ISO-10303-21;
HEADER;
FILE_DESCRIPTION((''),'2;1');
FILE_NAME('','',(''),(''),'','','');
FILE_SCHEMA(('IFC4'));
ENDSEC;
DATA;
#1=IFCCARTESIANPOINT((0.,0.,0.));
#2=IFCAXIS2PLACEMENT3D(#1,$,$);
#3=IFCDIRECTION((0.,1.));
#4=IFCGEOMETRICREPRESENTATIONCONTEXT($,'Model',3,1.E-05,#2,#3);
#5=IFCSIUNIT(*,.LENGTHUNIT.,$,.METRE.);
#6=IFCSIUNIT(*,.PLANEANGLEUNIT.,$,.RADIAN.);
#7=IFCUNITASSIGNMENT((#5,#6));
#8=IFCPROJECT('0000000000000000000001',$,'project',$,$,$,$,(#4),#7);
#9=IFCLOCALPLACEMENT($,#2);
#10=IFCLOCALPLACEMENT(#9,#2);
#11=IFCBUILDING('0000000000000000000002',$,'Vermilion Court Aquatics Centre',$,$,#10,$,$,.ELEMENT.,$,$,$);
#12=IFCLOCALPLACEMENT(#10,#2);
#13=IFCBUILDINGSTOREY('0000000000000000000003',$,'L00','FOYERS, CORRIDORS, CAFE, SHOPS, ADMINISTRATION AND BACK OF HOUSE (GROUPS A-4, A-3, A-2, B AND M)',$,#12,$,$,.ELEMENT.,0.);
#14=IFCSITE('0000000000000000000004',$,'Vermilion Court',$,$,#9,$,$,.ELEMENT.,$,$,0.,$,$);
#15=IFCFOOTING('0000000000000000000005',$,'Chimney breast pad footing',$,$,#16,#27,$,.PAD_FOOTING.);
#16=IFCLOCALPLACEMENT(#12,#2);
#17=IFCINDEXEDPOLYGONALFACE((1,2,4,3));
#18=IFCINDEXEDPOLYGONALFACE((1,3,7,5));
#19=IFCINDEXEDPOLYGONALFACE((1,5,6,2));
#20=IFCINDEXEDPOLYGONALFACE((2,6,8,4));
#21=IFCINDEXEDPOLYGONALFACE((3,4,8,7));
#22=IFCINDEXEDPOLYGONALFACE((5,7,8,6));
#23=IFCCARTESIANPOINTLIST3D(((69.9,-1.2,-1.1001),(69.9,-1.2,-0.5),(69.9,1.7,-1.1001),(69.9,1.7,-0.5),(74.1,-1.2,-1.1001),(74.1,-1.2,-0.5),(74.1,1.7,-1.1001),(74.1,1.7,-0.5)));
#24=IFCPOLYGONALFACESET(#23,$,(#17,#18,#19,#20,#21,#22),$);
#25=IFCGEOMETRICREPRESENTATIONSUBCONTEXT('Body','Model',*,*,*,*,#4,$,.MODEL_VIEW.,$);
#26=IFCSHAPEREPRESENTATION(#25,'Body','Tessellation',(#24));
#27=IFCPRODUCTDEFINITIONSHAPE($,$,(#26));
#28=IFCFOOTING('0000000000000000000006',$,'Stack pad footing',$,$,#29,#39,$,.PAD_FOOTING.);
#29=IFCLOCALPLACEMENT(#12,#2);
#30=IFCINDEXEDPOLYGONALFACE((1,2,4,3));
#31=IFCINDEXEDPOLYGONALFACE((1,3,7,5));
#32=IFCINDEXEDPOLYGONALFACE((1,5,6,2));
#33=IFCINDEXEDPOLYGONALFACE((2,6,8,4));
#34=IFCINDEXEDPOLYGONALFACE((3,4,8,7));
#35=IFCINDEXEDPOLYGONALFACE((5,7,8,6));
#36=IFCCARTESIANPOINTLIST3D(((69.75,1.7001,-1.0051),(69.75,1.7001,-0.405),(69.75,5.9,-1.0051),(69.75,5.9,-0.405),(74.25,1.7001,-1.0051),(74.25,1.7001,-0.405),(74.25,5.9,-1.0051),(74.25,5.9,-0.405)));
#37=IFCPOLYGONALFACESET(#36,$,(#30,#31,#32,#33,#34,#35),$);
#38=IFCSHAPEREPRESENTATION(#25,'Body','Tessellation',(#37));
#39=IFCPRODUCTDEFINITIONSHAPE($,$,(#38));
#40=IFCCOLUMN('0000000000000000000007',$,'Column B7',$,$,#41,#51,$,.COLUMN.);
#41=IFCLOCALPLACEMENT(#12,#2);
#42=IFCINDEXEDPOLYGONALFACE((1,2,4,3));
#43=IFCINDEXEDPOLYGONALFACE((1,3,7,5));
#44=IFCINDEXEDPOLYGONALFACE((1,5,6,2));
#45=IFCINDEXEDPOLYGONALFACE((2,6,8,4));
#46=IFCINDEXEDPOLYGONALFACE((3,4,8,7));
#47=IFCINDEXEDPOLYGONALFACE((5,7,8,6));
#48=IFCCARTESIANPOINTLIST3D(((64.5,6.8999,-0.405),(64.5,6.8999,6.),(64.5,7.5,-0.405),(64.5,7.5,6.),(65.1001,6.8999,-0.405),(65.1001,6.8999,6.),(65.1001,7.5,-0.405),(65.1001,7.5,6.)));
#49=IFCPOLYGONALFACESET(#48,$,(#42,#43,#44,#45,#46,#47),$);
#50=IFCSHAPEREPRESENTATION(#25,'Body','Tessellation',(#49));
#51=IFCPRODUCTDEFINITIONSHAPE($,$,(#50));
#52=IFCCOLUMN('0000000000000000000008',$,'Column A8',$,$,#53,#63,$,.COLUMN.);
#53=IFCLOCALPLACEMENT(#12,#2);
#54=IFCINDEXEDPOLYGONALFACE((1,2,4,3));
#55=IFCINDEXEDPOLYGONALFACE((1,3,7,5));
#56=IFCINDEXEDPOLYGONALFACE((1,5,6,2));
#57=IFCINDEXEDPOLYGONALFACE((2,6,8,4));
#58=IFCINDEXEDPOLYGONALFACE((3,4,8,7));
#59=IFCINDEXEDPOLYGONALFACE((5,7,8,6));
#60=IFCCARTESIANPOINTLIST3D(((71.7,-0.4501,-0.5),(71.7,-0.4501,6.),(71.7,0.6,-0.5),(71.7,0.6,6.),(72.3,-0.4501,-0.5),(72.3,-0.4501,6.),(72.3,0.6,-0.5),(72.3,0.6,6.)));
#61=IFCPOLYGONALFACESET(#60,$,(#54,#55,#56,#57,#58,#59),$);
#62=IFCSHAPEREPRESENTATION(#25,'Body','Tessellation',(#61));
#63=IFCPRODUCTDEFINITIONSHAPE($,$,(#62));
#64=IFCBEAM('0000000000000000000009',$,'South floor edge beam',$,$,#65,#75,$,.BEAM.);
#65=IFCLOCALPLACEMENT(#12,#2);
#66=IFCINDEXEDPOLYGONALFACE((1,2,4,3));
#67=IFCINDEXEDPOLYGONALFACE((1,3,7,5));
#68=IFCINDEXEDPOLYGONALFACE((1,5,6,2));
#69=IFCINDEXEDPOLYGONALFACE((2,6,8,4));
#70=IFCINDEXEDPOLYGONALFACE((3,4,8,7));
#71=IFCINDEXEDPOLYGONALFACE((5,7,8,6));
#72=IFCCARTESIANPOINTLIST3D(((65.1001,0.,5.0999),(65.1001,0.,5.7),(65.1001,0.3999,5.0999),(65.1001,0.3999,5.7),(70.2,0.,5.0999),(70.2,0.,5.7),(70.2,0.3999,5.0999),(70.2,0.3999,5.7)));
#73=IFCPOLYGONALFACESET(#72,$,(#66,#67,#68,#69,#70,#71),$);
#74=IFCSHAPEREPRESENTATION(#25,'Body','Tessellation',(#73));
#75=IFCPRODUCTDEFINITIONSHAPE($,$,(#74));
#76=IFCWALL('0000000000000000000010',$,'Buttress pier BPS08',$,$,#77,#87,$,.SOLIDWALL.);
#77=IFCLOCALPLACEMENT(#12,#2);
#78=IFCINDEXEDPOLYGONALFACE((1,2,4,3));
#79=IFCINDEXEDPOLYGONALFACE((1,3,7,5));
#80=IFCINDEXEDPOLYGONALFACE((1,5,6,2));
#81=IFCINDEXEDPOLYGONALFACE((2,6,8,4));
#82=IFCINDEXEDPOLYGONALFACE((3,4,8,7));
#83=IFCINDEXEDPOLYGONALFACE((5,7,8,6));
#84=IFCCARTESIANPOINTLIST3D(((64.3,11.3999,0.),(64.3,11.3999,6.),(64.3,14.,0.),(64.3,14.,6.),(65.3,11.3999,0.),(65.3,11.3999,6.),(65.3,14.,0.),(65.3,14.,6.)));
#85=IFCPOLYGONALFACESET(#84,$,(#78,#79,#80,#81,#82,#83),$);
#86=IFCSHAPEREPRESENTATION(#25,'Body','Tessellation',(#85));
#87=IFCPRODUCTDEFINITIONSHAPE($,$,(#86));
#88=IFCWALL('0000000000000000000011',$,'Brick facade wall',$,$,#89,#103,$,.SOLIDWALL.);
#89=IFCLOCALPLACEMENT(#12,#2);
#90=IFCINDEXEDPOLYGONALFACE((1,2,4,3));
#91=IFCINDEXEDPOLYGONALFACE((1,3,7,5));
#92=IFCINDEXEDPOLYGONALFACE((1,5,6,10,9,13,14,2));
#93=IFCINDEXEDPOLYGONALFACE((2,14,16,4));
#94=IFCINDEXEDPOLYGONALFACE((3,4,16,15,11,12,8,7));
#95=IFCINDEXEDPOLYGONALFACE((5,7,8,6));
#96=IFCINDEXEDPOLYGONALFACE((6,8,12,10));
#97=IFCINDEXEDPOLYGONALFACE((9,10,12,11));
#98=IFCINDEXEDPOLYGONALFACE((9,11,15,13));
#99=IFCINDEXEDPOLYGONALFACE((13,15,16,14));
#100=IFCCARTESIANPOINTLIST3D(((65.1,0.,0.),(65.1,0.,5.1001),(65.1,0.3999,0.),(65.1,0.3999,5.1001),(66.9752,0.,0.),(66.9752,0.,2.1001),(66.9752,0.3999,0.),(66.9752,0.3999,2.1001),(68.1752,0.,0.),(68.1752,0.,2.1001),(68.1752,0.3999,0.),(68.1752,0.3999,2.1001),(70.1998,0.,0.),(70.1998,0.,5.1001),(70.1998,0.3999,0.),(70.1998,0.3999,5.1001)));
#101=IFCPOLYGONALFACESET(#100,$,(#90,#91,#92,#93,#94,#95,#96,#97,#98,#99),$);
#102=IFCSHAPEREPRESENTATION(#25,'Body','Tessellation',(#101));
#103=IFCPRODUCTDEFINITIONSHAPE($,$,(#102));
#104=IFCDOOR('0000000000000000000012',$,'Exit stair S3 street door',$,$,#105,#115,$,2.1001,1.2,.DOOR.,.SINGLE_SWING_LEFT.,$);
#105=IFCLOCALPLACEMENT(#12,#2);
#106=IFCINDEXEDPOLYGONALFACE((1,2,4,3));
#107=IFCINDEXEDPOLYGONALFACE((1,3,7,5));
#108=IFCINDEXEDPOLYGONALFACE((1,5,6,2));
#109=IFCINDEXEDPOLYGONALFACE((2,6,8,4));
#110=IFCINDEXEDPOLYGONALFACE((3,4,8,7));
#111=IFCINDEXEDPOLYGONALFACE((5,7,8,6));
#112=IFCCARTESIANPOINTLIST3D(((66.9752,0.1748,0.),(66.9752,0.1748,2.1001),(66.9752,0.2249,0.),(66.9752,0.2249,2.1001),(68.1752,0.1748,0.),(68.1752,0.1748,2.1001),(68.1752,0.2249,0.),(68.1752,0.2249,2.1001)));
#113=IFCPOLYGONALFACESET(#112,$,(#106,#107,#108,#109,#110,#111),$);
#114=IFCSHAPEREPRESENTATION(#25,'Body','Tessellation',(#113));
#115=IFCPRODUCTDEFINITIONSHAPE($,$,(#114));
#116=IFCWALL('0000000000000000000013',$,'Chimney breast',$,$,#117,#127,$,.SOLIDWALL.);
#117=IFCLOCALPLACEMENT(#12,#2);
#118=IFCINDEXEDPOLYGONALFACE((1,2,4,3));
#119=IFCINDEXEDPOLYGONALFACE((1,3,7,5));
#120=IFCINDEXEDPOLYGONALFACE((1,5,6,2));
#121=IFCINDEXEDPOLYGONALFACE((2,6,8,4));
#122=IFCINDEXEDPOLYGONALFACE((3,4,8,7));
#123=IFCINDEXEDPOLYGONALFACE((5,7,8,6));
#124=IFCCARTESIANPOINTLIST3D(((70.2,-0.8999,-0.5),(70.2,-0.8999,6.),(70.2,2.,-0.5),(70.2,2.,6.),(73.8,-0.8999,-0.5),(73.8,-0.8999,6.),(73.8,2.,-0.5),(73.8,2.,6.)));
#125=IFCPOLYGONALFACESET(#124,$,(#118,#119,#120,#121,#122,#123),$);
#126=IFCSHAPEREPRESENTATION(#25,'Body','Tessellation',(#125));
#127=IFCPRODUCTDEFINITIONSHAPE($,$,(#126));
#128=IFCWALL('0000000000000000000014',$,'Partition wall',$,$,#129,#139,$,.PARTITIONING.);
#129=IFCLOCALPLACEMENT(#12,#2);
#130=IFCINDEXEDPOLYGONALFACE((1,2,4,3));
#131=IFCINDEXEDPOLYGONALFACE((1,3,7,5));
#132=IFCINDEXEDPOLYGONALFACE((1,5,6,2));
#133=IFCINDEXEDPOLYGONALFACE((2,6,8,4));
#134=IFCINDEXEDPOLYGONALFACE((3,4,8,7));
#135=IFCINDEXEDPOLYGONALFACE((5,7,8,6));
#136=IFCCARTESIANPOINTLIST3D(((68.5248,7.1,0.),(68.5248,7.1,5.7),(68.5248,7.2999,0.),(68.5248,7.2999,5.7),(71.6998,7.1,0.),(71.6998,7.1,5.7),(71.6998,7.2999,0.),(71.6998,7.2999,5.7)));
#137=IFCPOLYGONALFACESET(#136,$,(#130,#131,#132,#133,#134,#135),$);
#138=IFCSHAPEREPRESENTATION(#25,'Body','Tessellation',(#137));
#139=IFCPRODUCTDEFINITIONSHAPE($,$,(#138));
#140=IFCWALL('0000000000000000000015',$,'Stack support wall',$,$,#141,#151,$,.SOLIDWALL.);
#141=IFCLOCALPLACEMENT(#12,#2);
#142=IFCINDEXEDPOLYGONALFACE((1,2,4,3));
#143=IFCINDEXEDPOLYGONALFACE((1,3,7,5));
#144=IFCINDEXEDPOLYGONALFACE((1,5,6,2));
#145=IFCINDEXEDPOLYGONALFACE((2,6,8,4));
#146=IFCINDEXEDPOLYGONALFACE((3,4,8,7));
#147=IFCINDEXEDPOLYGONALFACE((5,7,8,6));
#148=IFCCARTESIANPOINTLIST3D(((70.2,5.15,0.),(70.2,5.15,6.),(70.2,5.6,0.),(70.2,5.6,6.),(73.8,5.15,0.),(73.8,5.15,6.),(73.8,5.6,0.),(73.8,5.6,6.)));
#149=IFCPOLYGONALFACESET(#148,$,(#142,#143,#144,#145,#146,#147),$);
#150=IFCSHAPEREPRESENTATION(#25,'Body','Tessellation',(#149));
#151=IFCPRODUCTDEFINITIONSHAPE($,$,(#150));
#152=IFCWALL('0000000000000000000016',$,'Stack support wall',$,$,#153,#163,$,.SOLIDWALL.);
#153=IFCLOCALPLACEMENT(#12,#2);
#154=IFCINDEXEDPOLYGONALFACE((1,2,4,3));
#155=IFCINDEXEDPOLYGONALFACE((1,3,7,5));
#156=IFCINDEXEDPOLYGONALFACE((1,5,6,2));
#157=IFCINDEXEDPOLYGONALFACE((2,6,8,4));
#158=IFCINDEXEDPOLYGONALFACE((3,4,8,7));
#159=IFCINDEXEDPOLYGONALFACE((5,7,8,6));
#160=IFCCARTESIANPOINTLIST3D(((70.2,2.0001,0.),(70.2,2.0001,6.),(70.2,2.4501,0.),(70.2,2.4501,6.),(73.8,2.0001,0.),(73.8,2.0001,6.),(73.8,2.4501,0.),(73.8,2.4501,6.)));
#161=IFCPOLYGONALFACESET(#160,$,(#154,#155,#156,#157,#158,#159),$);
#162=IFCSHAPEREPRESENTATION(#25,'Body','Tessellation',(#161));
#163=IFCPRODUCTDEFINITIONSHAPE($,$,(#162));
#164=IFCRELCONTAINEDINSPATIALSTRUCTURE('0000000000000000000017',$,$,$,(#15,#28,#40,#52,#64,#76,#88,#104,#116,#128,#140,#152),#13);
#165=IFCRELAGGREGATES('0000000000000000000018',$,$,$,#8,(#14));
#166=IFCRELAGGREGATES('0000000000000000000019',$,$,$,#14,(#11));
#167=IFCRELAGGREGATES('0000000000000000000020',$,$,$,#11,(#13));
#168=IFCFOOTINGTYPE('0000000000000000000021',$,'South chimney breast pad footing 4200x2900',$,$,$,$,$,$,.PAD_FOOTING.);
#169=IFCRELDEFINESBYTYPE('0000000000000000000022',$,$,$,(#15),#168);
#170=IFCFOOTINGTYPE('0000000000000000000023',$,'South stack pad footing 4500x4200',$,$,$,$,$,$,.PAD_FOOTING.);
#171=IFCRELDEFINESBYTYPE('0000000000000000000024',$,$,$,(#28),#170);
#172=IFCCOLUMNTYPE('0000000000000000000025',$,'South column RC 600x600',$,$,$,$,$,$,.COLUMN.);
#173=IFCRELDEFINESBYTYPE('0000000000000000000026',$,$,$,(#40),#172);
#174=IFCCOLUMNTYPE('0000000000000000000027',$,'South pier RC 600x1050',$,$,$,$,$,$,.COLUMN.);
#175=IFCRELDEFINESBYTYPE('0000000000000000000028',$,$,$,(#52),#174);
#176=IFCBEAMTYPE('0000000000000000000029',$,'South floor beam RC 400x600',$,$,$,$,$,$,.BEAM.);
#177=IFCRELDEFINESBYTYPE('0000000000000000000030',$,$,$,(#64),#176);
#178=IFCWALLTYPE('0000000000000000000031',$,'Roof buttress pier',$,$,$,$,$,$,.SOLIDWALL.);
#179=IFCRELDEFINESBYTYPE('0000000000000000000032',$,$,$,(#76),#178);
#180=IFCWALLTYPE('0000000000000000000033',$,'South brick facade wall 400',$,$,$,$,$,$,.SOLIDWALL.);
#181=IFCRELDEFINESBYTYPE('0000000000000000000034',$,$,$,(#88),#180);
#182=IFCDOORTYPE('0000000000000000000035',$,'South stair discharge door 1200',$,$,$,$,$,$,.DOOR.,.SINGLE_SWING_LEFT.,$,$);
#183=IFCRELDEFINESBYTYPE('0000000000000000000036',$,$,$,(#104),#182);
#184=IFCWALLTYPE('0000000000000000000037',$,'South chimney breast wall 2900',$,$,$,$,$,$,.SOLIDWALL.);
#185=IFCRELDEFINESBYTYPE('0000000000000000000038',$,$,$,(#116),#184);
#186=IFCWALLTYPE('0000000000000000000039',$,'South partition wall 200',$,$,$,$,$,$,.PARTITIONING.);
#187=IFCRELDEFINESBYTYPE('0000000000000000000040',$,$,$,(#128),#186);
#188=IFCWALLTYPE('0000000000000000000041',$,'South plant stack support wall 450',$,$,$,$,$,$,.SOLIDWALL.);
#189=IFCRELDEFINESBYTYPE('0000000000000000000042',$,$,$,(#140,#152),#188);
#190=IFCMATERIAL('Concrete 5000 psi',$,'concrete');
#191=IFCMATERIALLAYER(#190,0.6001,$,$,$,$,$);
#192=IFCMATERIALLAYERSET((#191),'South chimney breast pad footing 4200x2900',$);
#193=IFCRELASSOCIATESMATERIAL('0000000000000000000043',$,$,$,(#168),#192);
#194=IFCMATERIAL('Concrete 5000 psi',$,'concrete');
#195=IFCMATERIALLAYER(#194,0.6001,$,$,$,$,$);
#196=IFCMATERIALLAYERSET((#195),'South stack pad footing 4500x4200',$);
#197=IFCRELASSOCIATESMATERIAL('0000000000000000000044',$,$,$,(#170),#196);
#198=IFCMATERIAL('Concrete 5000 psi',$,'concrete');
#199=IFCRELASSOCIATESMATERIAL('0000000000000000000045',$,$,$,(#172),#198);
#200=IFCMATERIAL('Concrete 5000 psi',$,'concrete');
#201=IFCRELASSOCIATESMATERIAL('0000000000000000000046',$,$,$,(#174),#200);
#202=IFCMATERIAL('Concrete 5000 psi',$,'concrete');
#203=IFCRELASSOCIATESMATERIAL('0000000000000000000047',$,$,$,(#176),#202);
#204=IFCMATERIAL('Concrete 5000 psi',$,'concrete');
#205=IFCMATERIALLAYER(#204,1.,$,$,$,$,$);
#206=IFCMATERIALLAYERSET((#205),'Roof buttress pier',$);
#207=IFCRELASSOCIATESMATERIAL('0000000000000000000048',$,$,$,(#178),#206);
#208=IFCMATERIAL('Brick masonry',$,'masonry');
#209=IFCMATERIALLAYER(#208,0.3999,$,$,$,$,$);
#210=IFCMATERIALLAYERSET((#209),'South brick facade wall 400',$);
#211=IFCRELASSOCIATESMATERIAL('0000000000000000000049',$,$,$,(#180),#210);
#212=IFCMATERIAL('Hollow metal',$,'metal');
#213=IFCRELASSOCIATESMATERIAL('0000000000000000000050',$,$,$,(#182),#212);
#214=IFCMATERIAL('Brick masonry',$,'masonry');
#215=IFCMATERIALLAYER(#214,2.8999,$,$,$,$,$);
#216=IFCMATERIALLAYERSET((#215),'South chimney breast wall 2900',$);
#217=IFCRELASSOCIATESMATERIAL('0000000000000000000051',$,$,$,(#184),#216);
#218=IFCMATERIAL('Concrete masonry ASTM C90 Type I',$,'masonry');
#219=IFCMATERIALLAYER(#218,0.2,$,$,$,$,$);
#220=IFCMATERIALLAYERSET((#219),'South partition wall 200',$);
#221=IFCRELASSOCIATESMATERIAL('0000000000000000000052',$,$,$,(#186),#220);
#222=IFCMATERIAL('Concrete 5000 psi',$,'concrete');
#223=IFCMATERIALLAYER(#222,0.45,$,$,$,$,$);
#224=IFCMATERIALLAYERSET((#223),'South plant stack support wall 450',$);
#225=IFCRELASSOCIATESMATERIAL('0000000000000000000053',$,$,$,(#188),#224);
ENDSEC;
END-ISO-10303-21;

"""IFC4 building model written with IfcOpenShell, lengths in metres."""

from ifc_helpers import new_model, si_unit, direction, frame, frame_2d, origin, origin_2d, place, context, subcontext, project, spatial, rectangle, extrude, material, layer, layer_set, material_profile, profile_set, type_object, element, fill, save


model = new_model("IFC4")

# Units and contexts
model_context = context("Model", 3, precision=1e-05, world=origin(), true_north=direction((0.0, 1.0)))
body_context = subcontext(model_context, "Body", "Model", "MODEL_VIEW")
ifc_project = project(units=[si_unit("LENGTHUNIT", "METRE"), si_unit("PLANEANGLEUNIT", "RADIAN")], contexts=[model_context])

# Site, building, storey
site_placement = place(None, origin())
site = spatial("IfcSite", under=ifc_project, at=site_placement, Name="Vermilion Court", CompositionType="ELEMENT", RefElevation=0.0)
building_placement = place(site_placement, origin())
building = spatial("IfcBuilding", under=site, at=building_placement, Name="Vermilion Court Aquatics Centre", CompositionType="ELEMENT")
storey_placement = place(building_placement, origin())
storey = spatial("IfcBuildingStorey", under=building, at=storey_placement, Name="L00", Description="FOYERS, CORRIDORS, CAFE, SHOPS, ADMINISTRATION AND BACK OF HOUSE (GROUPS A-4, A-3, A-2, B AND M)", CompositionType="ELEMENT", Elevation=0.0)

# Footings
ifc_material_1 = material(Name="Concrete 5000 psi", Category="concrete")
ifc_layer_1 = layer(ifc_material_1, 0.6001)
ifc_layer_set_1 = layer_set([ifc_layer_1], Name="South chimney breast pad footing 4200x2900")
footing_type_1 = type_object("IfcFootingType", Name="South chimney breast pad footing 4200x2900", PredefinedType="PAD_FOOTING", material=ifc_layer_set_1)
footing_1_placement = place(storey_placement, frame((72.0, 0.25, -1.1001), z_axis=(0.0, 0.0, 1.0), x_axis=(1.0, 0.0, 0.0)))
element("IfcFooting", 1, at=footing_1_placement, inside=storey, type_object=footing_type_1, Name="Chimney breast pad footing", PredefinedType="PAD_FOOTING", context=body_context, shape_type="SweptSolid", body=[
    extrude(rectangle(XDim=4.2, YDim=2.8999, at=origin_2d()), origin(), (0.0, 0.0, 1.0), 0.6001),
])
ifc_material_2 = material(Name="Concrete 5000 psi", Category="concrete")
ifc_layer_2 = layer(ifc_material_2, 0.6001)
ifc_layer_set_2 = layer_set([ifc_layer_2], Name="South stack pad footing 4500x4200")
footing_type_2 = type_object("IfcFootingType", Name="South stack pad footing 4500x4200", PredefinedType="PAD_FOOTING", material=ifc_layer_set_2)
footing_2_placement = place(storey_placement, frame((72.0, 3.8, -1.0051), z_axis=(0.0, 0.0, 1.0), x_axis=(1.0, 0.0, 0.0)))
element("IfcFooting", 2, at=footing_2_placement, inside=storey, type_object=footing_type_2, Name="Stack pad footing", PredefinedType="PAD_FOOTING", context=body_context, shape_type="SweptSolid", body=[
    extrude(rectangle(XDim=4.5, YDim=4.2, at=origin_2d()), origin(), (0.0, 0.0, 1.0), 0.6001),
])

# Columns
ifc_material_3 = material(Name="Concrete 5000 psi", Category="concrete")
ifc_material_profile_1 = material_profile(ifc_material_3, rectangle(XDim=0.6001, YDim=0.6001, at=origin_2d()), Name="RC 600x600")
ifc_profile_set_1 = profile_set([ifc_material_profile_1], Name="Concrete 5000 psi")
column_type_1 = type_object("IfcColumnType", Name="South column RC 600x600", PredefinedType="COLUMN", material=ifc_profile_set_1)
column_1_placement = place(storey_placement, frame((64.8, 7.2, -0.405), z_axis=(0.0, 0.0, 1.0), x_axis=(1.0, 0.0, 0.0)))
element("IfcColumn", 3, at=column_1_placement, inside=storey, type_object=column_type_1, Name="Column B7", PredefinedType="COLUMN", context=body_context, shape_type="SweptSolid", body=[
    extrude(rectangle(XDim=0.6001, YDim=0.6001, at=origin_2d()), origin(), (0.0, 0.0, 1.0), 6.405),
])
ifc_material_4 = material(Name="Concrete 5000 psi", Category="concrete")
ifc_material_profile_2 = material_profile(ifc_material_4, rectangle(XDim=0.6001, YDim=1.05, at=origin_2d()), Name="RC 600x1050")
ifc_profile_set_2 = profile_set([ifc_material_profile_2], Name="Concrete 5000 psi")
column_type_2 = type_object("IfcColumnType", Name="South pier RC 600x1050", PredefinedType="COLUMN", material=ifc_profile_set_2)
column_2_placement = place(storey_placement, frame((72.0, 0.075, -0.5), z_axis=(0.0, 0.0, 1.0), x_axis=(1.0, 0.0, 0.0)))
element("IfcColumn", 4, at=column_2_placement, inside=storey, type_object=column_type_2, Name="Column A8", PredefinedType="COLUMN", context=body_context, shape_type="SweptSolid", body=[
    extrude(rectangle(XDim=0.6001, YDim=1.05, at=origin_2d()), origin(), (0.0, 0.0, 1.0), 6.5),
])

# Beam
ifc_material_5 = material(Name="Concrete 5000 psi", Category="concrete")
ifc_material_profile_3 = material_profile(ifc_material_5, rectangle(XDim=0.3999, YDim=0.6001, at=origin_2d()), Name="RC 400x600")
ifc_profile_set_3 = profile_set([ifc_material_profile_3], Name="Concrete 5000 psi")
beam_type = type_object("IfcBeamType", Name="South floor beam RC 400x600", PredefinedType="BEAM", material=ifc_profile_set_3)
beam_placement = place(storey_placement, frame((65.1001, 0.2, 5.3999), z_axis=(1.0, 0.0, 0.0), x_axis=(0.0, 1.0, 0.0)))
element("IfcBeam", 5, at=beam_placement, inside=storey, type_object=beam_type, Name="South floor edge beam", PredefinedType="BEAM", context=body_context, shape_type="SweptSolid", body=[
    extrude(rectangle(XDim=0.3999, YDim=0.6001, at=origin_2d()), origin(), (0.0, 0.0, 1.0), 5.0999),
])

# Wall
ifc_material_6 = material(Name="Concrete 5000 psi", Category="concrete")
ifc_layer_3 = layer(ifc_material_6, 1.0)
ifc_layer_set_3 = layer_set([ifc_layer_3], Name="Roof buttress pier")
wall_type_1 = type_object("IfcWallType", Name="Roof buttress pier", PredefinedType="SOLIDWALL", material=ifc_layer_set_3)
wall_1_placement = place(storey_placement, frame((64.8, 11.3999, 0.0), z_axis=(0.0, 0.0, 1.0), x_axis=(0.0, 1.0, 0.0)))
element("IfcWall", 6, at=wall_1_placement, inside=storey, type_object=wall_type_1, Name="Buttress pier BPS08", PredefinedType="SOLIDWALL", context=body_context, shape_type="SweptSolid", body=[
    extrude(rectangle(XDim=2.6001, YDim=1.0, at=frame_2d((1.3, 0.0))), origin(), (0.0, 0.0, 1.0), 6.0),
])

# Wall, opening, door
ifc_material_7 = material(Name="Brick masonry", Category="masonry")
ifc_layer_4 = layer(ifc_material_7, 0.3999)
ifc_layer_set_4 = layer_set([ifc_layer_4], Name="South brick facade wall 400")
wall_type_2 = type_object("IfcWallType", Name="South brick facade wall 400", PredefinedType="SOLIDWALL", material=ifc_layer_set_4)
wall_2_placement = place(storey_placement, frame((65.1001, 0.2, 0.0), z_axis=(0.0, 0.0, 1.0), x_axis=(1.0, 0.0, 0.0)))
wall_2 = element("IfcWall", 7, at=wall_2_placement, inside=storey, type_object=wall_type_2, Name="Brick facade wall", PredefinedType="SOLIDWALL", context=body_context, shape_type="SweptSolid", body=[
    extrude(rectangle(XDim=5.0999, YDim=0.3999, at=frame_2d((2.5498, 0.0))), origin(), (0.0, 0.0, 1.0), 5.1001),
])
opening_1_placement = place(wall_2_placement, frame((1.875, 0.0, 0.0)))
opening_1 = element("IfcOpeningElement", 8, at=opening_1_placement, cuts=wall_2, PredefinedType="OPENING", context=body_context, shape_type="SweptSolid", body=[
    extrude(rectangle(XDim=1.2, YDim=2.1001, at=frame_2d((0.6001, 1.05))), frame((0.0, 0.21, 0.0), z_axis=(0.0, -1.0, 0.0), x_axis=(1.0, 0.0, 0.0)), (0.0, 0.0, 1.0), 0.4199),
])
ifc_material_8 = material(Name="Hollow metal", Category="metal")
door_type_1 = type_object("IfcDoorType", Name="South stair discharge door 1200", OperationType="SINGLE_SWING_LEFT", PredefinedType="DOOR", material=ifc_material_8)
door_1_placement = place(opening_1_placement, frame((1.2, 0.0, 0.0), z_axis=(0.0, 0.0, 1.0), x_axis=(-1.0, 0.0, 0.0)))
door_1 = element("IfcDoor", 9, at=door_1_placement, inside=storey, type_object=door_type_1, Name="Exit stair S3 street door", OperationType="SINGLE_SWING_LEFT", OverallHeight=2.1001, OverallWidth=1.2, PredefinedType="DOOR", context=body_context, shape_type="SweptSolid", body=[
    extrude(rectangle(XDim=1.2, YDim=2.1001, at=frame_2d((0.5999, 1.05))), frame((0.0, 0.0251, 0.0), z_axis=(0.0, -1.0, 0.0), x_axis=(1.0, 0.0, 0.0)), (0.0, 0.0, 1.0), 0.05),
])
fill(opening_1, door_1)

# Walls
ifc_material_9 = material(Name="Brick masonry", Category="masonry")
ifc_layer_5 = layer(ifc_material_9, 2.8999)
ifc_layer_set_5 = layer_set([ifc_layer_5], Name="South chimney breast wall 2900")
wall_type_3 = type_object("IfcWallType", Name="South chimney breast wall 2900", PredefinedType="SOLIDWALL", material=ifc_layer_set_5)
wall_3_placement = place(storey_placement, frame((70.2, 0.55, -0.5), z_axis=(0.0, 0.0, 1.0), x_axis=(1.0, 0.0, 0.0)))
element("IfcWall", 10, at=wall_3_placement, inside=storey, type_object=wall_type_3, Name="Chimney breast", PredefinedType="SOLIDWALL", context=body_context, shape_type="SweptSolid", body=[
    extrude(rectangle(XDim=3.6001, YDim=2.8999, at=frame_2d((1.8, 0.0))), origin(), (0.0, 0.0, 1.0), 6.5),
])
ifc_material_10 = material(Name="Concrete masonry ASTM C90 Type I", Category="masonry")
ifc_layer_6 = layer(ifc_material_10, 0.2)
ifc_layer_set_6 = layer_set([ifc_layer_6], Name="South partition wall 200")
wall_type_4 = type_object("IfcWallType", Name="South partition wall 200", PredefinedType="PARTITIONING", material=ifc_layer_set_6)
wall_4_placement = place(storey_placement, frame((68.5249, 7.2, 0.0), z_axis=(0.0, 0.0, 1.0), x_axis=(1.0, 0.0, 0.0)))
element("IfcWall", 11, at=wall_4_placement, inside=storey, type_object=wall_type_4, Name="Partition wall", PredefinedType="PARTITIONING", context=body_context, shape_type="SweptSolid", body=[
    extrude(rectangle(XDim=3.175, YDim=0.2, at=frame_2d((1.5874, 0.0))), origin(), (0.0, 0.0, 1.0), 5.7),
])
ifc_material_11 = material(Name="Concrete 5000 psi", Category="concrete")
ifc_layer_7 = layer(ifc_material_11, 0.45)
ifc_layer_set_7 = layer_set([ifc_layer_7], Name="South plant stack support wall 450")
wall_type_5 = type_object("IfcWallType", Name="South plant stack support wall 450", PredefinedType="SOLIDWALL", material=ifc_layer_set_7)
for number, where, z_axis, x_axis, name in (
    (12, (70.2, 5.375, 0.0), (0.0, 0.0, 1.0), (1.0, 0.0, 0.0), "Stack support wall"),
    (13, (70.2, 2.2251, 0.0), (0.0, 0.0, 1.0), (1.0, 0.0, 0.0), "Stack support wall"),
):
    element("IfcWall", number, at=place(storey_placement, frame(where, z_axis=z_axis, x_axis=x_axis)), inside=storey, type_object=wall_type_5, Name=name, PredefinedType="SOLIDWALL", context=body_context, shape_type="SweptSolid", body=[
        extrude(rectangle(XDim=3.6001, YDim=0.45, at=frame_2d((1.8, 0.0))), origin(), (0.0, 0.0, 1.0), 6.0),
    ])

save(model, "model.ifc")
